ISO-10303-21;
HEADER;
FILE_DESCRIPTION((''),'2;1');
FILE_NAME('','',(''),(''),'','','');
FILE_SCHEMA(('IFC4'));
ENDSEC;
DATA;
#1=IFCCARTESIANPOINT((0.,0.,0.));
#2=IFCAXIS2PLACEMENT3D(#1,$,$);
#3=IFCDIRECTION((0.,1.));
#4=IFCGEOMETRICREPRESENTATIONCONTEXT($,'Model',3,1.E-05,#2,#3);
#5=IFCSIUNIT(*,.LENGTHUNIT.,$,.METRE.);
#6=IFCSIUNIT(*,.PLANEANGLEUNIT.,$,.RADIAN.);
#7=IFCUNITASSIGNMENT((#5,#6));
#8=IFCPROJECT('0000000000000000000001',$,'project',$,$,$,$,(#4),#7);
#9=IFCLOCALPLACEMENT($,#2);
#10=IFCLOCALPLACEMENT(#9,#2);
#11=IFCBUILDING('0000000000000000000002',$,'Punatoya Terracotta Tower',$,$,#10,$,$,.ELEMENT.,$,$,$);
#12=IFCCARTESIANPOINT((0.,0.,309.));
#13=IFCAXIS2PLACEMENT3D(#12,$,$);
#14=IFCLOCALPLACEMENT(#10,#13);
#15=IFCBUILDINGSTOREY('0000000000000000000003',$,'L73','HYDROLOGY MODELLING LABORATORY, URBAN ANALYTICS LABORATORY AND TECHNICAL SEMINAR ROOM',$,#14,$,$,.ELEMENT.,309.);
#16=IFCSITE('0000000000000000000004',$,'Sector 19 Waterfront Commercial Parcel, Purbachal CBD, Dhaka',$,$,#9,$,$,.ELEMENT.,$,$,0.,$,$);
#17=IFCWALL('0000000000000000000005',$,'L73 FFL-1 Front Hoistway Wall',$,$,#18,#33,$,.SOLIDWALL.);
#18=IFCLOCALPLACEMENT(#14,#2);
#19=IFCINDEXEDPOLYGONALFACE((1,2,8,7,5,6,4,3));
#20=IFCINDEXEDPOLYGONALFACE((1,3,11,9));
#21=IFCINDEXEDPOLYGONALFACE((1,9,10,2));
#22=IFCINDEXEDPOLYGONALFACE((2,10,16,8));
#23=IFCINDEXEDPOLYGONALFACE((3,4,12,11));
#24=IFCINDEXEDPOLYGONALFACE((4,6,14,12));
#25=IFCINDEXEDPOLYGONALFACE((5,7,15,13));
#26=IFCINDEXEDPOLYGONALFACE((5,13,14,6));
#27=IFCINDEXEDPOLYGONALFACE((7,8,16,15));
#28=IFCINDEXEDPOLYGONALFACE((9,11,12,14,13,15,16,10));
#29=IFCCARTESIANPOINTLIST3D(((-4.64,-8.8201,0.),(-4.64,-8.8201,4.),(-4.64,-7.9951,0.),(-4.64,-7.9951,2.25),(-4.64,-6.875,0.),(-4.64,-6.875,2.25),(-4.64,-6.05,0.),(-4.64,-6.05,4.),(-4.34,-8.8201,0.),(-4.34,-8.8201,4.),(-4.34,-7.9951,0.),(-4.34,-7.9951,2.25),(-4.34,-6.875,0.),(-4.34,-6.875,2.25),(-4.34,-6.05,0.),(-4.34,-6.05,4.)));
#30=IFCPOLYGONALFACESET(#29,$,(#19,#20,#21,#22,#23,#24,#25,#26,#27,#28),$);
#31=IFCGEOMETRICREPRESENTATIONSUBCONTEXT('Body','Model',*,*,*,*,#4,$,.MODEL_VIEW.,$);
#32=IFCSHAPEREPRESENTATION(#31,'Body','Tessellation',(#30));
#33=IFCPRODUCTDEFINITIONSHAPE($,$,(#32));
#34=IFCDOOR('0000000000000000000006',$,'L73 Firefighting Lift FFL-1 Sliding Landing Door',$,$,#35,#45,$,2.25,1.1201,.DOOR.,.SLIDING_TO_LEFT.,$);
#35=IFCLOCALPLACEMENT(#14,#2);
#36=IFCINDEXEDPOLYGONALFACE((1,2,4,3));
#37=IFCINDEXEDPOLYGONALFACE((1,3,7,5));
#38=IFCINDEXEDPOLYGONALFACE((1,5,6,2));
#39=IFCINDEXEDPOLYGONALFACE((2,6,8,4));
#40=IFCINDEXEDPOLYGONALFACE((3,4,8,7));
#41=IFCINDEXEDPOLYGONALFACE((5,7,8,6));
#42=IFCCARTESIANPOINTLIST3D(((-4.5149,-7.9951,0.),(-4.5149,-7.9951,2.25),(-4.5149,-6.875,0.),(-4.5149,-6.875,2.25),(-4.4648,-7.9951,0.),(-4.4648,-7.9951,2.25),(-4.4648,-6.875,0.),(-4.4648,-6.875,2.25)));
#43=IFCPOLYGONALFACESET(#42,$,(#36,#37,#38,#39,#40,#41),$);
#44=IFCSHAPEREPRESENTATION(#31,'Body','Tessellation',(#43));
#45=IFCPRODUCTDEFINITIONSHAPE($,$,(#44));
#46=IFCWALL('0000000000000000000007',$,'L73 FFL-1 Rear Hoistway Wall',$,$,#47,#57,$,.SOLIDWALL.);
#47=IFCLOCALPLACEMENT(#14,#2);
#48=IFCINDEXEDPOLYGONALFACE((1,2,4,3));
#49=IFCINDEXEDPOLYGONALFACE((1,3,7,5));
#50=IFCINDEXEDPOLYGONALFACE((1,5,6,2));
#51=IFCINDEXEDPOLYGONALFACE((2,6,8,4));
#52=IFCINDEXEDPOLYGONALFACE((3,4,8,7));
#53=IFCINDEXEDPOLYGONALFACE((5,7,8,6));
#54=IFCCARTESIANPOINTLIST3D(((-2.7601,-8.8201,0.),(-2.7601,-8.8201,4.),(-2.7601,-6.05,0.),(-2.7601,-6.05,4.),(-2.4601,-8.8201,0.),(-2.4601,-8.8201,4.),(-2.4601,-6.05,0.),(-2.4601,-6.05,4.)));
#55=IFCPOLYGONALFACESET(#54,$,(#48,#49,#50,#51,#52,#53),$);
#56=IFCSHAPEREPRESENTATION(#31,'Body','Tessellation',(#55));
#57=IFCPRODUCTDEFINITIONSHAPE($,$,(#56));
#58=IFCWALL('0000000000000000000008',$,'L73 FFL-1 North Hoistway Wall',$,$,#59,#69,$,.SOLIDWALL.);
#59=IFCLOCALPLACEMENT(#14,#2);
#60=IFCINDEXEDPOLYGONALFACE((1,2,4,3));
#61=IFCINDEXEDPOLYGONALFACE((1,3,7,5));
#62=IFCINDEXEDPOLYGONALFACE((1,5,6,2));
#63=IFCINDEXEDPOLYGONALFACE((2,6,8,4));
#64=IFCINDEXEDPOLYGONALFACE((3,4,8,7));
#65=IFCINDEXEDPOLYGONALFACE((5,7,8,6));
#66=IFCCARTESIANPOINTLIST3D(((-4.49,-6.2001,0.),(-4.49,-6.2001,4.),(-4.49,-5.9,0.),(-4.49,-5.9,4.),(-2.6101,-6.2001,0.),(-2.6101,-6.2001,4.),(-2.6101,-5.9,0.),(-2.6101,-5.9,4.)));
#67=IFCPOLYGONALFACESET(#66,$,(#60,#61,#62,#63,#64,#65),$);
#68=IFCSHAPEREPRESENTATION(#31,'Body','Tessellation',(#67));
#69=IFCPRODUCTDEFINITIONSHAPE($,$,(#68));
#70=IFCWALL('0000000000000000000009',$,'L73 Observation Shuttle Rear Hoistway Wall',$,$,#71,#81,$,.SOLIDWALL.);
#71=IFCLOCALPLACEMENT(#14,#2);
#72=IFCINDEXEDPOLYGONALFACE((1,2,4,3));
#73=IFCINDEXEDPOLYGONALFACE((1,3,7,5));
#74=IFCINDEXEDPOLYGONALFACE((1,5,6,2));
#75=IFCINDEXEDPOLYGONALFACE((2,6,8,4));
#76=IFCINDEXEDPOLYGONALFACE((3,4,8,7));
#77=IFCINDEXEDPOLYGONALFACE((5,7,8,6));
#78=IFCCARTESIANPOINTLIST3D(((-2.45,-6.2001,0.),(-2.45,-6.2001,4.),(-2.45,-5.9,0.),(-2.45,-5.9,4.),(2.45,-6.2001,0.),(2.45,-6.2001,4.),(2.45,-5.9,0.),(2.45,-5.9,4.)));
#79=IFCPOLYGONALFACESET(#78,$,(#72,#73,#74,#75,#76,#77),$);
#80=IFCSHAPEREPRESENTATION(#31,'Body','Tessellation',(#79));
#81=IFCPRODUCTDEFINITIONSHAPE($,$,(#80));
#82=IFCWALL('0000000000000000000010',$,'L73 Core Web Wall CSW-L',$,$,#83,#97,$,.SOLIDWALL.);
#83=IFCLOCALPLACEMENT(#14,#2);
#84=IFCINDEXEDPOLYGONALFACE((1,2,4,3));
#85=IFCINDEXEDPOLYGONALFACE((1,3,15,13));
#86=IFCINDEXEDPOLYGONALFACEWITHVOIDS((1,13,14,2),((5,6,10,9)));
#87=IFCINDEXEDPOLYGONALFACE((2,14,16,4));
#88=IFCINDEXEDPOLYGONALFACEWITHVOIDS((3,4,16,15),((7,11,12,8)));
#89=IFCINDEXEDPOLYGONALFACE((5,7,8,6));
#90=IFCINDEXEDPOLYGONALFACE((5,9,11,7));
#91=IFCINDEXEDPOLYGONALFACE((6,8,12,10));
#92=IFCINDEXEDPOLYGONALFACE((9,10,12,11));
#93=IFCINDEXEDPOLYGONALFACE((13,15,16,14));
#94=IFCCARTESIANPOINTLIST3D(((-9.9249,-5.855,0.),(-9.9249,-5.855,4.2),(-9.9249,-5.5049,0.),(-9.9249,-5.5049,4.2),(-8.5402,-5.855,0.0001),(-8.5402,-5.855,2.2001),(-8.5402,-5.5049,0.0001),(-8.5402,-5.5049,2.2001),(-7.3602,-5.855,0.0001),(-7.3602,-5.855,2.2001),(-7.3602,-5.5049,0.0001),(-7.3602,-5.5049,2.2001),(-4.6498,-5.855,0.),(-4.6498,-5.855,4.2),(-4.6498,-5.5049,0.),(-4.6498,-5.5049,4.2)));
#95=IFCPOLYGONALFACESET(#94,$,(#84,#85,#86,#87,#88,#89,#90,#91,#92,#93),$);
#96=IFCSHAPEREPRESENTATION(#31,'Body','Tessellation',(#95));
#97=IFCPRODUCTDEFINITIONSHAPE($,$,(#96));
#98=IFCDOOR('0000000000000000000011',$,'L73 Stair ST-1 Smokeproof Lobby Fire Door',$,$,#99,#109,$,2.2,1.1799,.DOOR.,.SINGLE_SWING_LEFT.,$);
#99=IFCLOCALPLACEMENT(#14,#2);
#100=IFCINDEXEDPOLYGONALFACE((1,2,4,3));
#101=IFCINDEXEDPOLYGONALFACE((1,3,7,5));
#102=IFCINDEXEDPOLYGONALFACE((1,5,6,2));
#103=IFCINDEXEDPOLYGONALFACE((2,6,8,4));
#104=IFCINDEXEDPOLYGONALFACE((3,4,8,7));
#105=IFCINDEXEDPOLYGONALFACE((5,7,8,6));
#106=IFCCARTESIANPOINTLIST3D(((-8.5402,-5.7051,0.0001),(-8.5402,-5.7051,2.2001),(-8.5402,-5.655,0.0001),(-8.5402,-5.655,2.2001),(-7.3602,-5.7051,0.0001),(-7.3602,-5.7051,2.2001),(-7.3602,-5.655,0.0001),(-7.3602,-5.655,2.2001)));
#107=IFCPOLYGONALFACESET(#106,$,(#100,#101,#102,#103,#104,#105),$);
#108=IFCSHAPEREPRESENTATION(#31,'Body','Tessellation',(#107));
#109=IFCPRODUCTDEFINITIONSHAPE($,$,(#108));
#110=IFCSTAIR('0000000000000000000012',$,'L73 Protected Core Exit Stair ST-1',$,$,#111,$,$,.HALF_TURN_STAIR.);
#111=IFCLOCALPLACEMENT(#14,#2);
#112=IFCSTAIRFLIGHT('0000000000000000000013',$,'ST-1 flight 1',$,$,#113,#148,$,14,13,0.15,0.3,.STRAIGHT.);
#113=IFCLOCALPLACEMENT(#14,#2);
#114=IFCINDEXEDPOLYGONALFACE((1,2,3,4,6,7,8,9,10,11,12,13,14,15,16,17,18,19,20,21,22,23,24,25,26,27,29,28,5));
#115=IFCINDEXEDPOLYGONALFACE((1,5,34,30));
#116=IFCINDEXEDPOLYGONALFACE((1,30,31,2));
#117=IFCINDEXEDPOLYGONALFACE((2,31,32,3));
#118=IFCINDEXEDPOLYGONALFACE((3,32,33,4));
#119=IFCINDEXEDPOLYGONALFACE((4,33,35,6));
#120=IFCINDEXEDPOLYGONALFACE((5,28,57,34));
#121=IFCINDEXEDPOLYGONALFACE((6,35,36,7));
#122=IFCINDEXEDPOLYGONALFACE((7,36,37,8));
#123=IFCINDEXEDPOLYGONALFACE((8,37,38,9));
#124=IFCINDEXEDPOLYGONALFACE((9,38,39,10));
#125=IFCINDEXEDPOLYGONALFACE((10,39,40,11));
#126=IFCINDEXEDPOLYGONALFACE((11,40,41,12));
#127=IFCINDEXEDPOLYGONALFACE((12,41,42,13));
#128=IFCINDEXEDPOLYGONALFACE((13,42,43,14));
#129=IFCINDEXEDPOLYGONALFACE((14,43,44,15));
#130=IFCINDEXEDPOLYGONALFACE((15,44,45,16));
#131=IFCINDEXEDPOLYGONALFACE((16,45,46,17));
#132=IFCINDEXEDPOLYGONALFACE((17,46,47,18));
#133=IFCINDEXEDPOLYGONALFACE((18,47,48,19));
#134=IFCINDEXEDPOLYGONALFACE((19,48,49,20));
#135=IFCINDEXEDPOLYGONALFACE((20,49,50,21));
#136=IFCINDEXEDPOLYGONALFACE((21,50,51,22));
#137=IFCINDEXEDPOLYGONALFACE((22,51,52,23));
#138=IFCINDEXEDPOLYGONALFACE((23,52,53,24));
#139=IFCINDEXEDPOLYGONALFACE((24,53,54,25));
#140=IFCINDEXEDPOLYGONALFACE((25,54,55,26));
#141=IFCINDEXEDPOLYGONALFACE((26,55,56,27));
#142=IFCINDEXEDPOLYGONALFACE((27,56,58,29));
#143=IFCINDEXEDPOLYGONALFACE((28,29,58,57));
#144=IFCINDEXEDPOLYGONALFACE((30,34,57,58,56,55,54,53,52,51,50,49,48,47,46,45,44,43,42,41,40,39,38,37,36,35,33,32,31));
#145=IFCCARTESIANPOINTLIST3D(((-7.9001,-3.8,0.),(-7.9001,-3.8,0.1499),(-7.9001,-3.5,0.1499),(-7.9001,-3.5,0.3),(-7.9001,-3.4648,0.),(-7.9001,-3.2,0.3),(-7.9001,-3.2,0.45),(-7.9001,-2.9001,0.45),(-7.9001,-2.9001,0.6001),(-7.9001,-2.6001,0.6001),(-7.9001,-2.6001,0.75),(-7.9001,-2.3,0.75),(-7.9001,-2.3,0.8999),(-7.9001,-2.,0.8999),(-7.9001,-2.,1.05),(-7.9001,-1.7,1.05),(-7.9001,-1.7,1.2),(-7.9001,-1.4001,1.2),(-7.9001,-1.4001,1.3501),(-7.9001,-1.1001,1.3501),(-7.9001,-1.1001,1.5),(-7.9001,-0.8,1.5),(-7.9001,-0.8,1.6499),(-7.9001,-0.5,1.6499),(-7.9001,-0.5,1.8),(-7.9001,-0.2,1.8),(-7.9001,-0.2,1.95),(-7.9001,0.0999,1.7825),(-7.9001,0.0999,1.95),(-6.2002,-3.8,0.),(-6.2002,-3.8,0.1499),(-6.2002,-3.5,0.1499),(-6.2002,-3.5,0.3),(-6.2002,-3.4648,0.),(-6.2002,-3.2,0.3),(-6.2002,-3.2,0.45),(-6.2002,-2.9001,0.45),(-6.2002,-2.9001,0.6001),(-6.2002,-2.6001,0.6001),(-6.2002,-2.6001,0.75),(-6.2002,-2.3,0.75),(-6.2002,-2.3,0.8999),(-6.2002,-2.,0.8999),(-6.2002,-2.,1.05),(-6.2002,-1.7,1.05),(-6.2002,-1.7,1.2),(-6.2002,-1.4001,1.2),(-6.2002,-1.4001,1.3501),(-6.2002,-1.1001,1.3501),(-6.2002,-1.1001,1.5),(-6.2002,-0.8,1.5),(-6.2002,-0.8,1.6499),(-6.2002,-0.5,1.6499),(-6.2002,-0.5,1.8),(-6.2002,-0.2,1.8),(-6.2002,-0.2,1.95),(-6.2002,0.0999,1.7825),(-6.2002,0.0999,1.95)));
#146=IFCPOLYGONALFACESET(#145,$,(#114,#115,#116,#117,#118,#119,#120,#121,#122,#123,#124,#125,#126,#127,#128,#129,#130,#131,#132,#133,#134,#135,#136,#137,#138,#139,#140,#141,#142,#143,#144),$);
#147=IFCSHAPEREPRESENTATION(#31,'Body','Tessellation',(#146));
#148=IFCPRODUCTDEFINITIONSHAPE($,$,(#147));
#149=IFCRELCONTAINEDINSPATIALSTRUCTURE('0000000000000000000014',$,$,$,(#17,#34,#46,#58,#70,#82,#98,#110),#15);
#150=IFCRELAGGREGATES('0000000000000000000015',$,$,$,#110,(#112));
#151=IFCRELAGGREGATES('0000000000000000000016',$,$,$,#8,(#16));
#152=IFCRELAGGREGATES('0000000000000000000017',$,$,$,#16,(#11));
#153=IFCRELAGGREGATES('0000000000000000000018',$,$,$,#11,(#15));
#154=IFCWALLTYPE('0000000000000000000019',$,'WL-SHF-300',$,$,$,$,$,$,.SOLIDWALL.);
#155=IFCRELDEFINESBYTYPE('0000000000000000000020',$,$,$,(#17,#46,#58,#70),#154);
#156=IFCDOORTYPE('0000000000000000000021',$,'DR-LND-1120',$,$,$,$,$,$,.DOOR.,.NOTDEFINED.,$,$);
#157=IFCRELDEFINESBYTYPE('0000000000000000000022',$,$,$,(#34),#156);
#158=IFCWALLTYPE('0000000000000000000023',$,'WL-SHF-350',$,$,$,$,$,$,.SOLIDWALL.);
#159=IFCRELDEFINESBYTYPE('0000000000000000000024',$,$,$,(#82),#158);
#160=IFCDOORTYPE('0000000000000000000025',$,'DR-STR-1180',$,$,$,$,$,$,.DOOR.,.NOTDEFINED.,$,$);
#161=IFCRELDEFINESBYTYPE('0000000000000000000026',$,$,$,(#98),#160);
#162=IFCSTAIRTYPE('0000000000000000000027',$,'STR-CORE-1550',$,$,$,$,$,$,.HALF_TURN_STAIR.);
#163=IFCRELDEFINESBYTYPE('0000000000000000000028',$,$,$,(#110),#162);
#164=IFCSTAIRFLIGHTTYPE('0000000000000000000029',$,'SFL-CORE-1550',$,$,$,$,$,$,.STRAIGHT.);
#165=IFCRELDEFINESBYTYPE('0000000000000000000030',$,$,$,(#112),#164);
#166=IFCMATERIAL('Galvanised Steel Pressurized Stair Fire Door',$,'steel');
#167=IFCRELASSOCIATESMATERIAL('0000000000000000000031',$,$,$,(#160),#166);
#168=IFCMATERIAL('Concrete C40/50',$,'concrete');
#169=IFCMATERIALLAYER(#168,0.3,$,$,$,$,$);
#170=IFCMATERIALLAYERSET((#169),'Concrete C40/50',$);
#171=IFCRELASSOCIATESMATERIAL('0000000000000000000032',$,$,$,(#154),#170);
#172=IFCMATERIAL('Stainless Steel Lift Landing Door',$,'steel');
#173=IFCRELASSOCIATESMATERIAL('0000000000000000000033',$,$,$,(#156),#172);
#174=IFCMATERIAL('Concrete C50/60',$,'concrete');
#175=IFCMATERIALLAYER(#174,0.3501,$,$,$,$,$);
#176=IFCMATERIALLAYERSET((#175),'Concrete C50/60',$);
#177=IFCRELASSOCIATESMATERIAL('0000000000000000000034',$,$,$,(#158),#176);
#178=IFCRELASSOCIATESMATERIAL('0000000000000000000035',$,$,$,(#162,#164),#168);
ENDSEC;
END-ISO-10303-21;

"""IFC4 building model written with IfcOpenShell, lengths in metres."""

from ifc_helpers import new_model, si_unit, direction, frame, frame_2d, origin, place, context, subcontext, project, spatial, polyline, rectangle, outline, extrude, material, layer, layer_set, type_object, element, fill, aggregate, save


model = new_model("IFC4")

# Units and contexts
model_context = context("Model", 3, precision=1e-05, world=origin(), true_north=direction((0.0, 1.0)))
body_context = subcontext(model_context, "Body", "Model", "MODEL_VIEW")
ifc_project = project(units=[si_unit("LENGTHUNIT", "METRE"), si_unit("PLANEANGLEUNIT", "RADIAN")], contexts=[model_context])

# Site, building, storey
site_placement = place(None, origin())
site = spatial("IfcSite", under=ifc_project, at=site_placement, Name="Sector 19 Waterfront Commercial Parcel, Purbachal CBD, Dhaka", CompositionType="ELEMENT", RefElevation=0.0)
building_placement = place(site_placement, origin())
building = spatial("IfcBuilding", under=site, at=building_placement, Name="Punatoya Terracotta Tower", CompositionType="ELEMENT")
storey_placement = place(building_placement, frame((0.0, 0.0, 309.0)))
storey = spatial("IfcBuildingStorey", under=building, at=storey_placement, Name="L73", Description="HYDROLOGY MODELLING LABORATORY, URBAN ANALYTICS LABORATORY AND TECHNICAL SEMINAR ROOM", CompositionType="ELEMENT", Elevation=309.0)

# Shared definitions
ifc_material_1 = material(Name="Concrete C50/60", Category="concrete")

# Shared definitions
ifc_material_2 = material(Name="Galvanised Steel Pressurized Stair Fire Door", Category="steel")
door_type_1 = type_object("IfcDoorType", Name="DR-STR-1180", OperationType="NOTDEFINED", PredefinedType="DOOR", material=ifc_material_2)

# Shared definitions
ifc_material_3 = material(Name="Concrete C40/50", Category="concrete")
ifc_layer_1 = layer(ifc_material_3, 0.3)
ifc_layer_set_1 = layer_set([ifc_layer_1], Name="Concrete C40/50")
wall_type_1 = type_object("IfcWallType", Name="WL-SHF-300", PredefinedType="SOLIDWALL", material=ifc_layer_set_1)

# Wall, opening, door
wall_1_placement = place(storey_placement, frame((-4.49, -8.8201, 0.0), z_axis=(0.0, 0.0, 1.0), x_axis=(0.0, 1.0, 0.0)))
wall_1 = element("IfcWall", 1, at=wall_1_placement, inside=storey, type_object=wall_type_1, Name="L73 FFL-1 Front Hoistway Wall", PredefinedType="SOLIDWALL", context=body_context, shape_type="SweptSolid", body=[
    extrude(rectangle(XDim=2.77, YDim=0.3, at=frame_2d((1.385, 0.0))), origin(), (0.0, 0.0, 1.0), 4.0),
])
opening_1_placement = place(wall_1_placement, frame((0.825, 0.0, 0.0)))
opening_1 = element("IfcOpeningElement", 2, at=opening_1_placement, cuts=wall_1, PredefinedType="OPENING", context=body_context, shape_type="SweptSolid", body=[
    extrude(rectangle(XDim=1.1201, YDim=2.25, at=frame_2d((0.5601, 1.125))), frame((0.0, 0.1599, 0.0), z_axis=(0.0, -1.0, 0.0), x_axis=(1.0, 0.0, 0.0)), (0.0, 0.0, 1.0), 0.3201),
])
ifc_material_4 = material(Name="Stainless Steel Lift Landing Door", Category="steel")
door_type_2 = type_object("IfcDoorType", Name="DR-LND-1120", OperationType="NOTDEFINED", PredefinedType="DOOR", material=ifc_material_4)
door_1_placement = place(opening_1_placement, origin())
door_1 = element("IfcDoor", 3, at=door_1_placement, inside=storey, type_object=door_type_2, Name="L73 Firefighting Lift FFL-1 Sliding Landing Door", OperationType="SLIDING_TO_LEFT", OverallHeight=2.25, OverallWidth=1.1201, PredefinedType="DOOR", context=body_context, shape_type="SweptSolid", body=[
    extrude(rectangle(XDim=1.1201, YDim=2.25, at=frame_2d((0.5601, 1.125))), frame((0.0, 0.0249, 0.0), z_axis=(0.0, -1.0, 0.0), x_axis=(1.0, 0.0, 0.0)), (0.0, 0.0, 1.0), 0.05),
])
fill(opening_1, door_1)

# Walls
wall_2_placement = place(storey_placement, frame((-2.6101, -8.8201, 0.0), z_axis=(0.0, 0.0, 1.0), x_axis=(0.0, 1.0, 0.0)))
element("IfcWall", 4, at=wall_2_placement, inside=storey, type_object=wall_type_1, Name="L73 FFL-1 Rear Hoistway Wall", PredefinedType="SOLIDWALL", context=body_context, shape_type="SweptSolid", body=[
    extrude(rectangle(XDim=2.77, YDim=0.3, at=frame_2d((1.385, 0.0))), origin(), (0.0, 0.0, 1.0), 4.0),
])
wall_3_placement = place(storey_placement, frame((-4.49, -6.05, 0.0), z_axis=(0.0, 0.0, 1.0), x_axis=(1.0, 0.0, 0.0)))
element("IfcWall", 5, at=wall_3_placement, inside=storey, type_object=wall_type_1, Name="L73 FFL-1 North Hoistway Wall", PredefinedType="SOLIDWALL", context=body_context, shape_type="SweptSolid", body=[
    extrude(rectangle(XDim=1.8799, YDim=0.3, at=frame_2d((0.9399, 0.0))), origin(), (0.0, 0.0, 1.0), 4.0),
])
wall_4_placement = place(storey_placement, frame((-2.45, -6.05, 0.0), z_axis=(0.0, 0.0, 1.0), x_axis=(1.0, 0.0, 0.0)))
element("IfcWall", 6, at=wall_4_placement, inside=storey, type_object=wall_type_1, Name="L73 Observation Shuttle Rear Hoistway Wall", PredefinedType="SOLIDWALL", context=body_context, shape_type="SweptSolid", body=[
    extrude(rectangle(XDim=4.8999, YDim=0.3, at=frame_2d((2.45, 0.0))), origin(), (0.0, 0.0, 1.0), 4.0),
])

# Wall, opening, door
ifc_layer_2 = layer(ifc_material_1, 0.3501)
ifc_layer_set_2 = layer_set([ifc_layer_2], Name="Concrete C50/60")
wall_type_2 = type_object("IfcWallType", Name="WL-SHF-350", PredefinedType="SOLIDWALL", material=ifc_layer_set_2)
wall_5_placement = place(storey_placement, frame((-9.925, -5.6799, 0.0), z_axis=(0.0, 0.0, 1.0), x_axis=(1.0, 0.0, 0.0)))
wall_5 = element("IfcWall", 7, at=wall_5_placement, inside=storey, type_object=wall_type_2, Name="L73 Core Web Wall CSW-L", PredefinedType="SOLIDWALL", context=body_context, shape_type="SweptSolid", body=[
    extrude(rectangle(XDim=5.2751, YDim=0.3501, at=frame_2d((2.6377, 0.0))), origin(), (0.0, 0.0, 1.0), 4.2),
])
opening_2_placement = place(wall_5_placement, frame((1.385, 0.0, 0.0)))
opening_2 = element("IfcOpeningElement", 8, at=opening_2_placement, cuts=wall_5, PredefinedType="OPENING", context=body_context, shape_type="SweptSolid", body=[
    extrude(rectangle(XDim=1.1799, YDim=2.2, at=frame_2d((0.5898, 1.1001))), frame((0.0, 0.1851, 0.0), z_axis=(0.0, -1.0, 0.0), x_axis=(1.0, 0.0, 0.0)), (0.0, 0.0, 1.0), 0.3701),
])
door_2_placement = place(opening_2_placement, origin())
door_2 = element("IfcDoor", 9, at=door_2_placement, inside=storey, type_object=door_type_1, Name="L73 Stair ST-1 Smokeproof Lobby Fire Door", OperationType="SINGLE_SWING_LEFT", OverallHeight=2.2, OverallWidth=1.1799, PredefinedType="DOOR", context=body_context, shape_type="SweptSolid", body=[
    extrude(rectangle(XDim=1.1799, YDim=2.2, at=frame_2d((0.5898, 1.1001))), frame((0.0, 0.0249, 0.0), z_axis=(0.0, -1.0, 0.0), x_axis=(1.0, 0.0, 0.0)), (0.0, 0.0, 1.0), 0.05),
])
fill(opening_2, door_2)

# Stair, stair flight
stair_type = type_object("IfcStairType", Name="STR-CORE-1550", PredefinedType="HALF_TURN_STAIR", material=ifc_material_3)
stair_placement = place(storey_placement, origin())
stair = element("IfcStair", 10, at=stair_placement, inside=storey, type_object=stair_type, Name="L73 Protected Core Exit Stair ST-1", PredefinedType="HALF_TURN_STAIR")
stair_flight_type = type_object("IfcStairFlightType", Name="SFL-CORE-1550", PredefinedType="STRAIGHT", material=ifc_material_3)
stair_flight_1_placement = place(storey_placement, frame((-7.05, -3.8, 0.0), z_axis=(0.0, 0.0, 1.0), x_axis=(0.0, 1.0, 0.0)))
stair_flight_1 = element("IfcStairFlight", 11, at=stair_flight_1_placement, type_object=stair_flight_type, Name="ST-1 flight 1", NumberOfRisers=14, NumberOfTreads=13, PredefinedType="STRAIGHT", RiserHeight=0.15, TreadLength=0.3, context=body_context, shape_type="SweptSolid", body=[
    extrude(outline(polyline([(0.0, 0.0), (0.0, 0.1499), (0.3, 0.1499), (0.3, 0.3), (0.6001, 0.3), (0.6001, 0.45), (0.8999, 0.45), (0.8999, 0.6001), (1.2, 0.6001), (1.2, 0.75), (1.5, 0.75), (1.5, 0.8999), (1.8, 0.8999), (1.8, 1.05), (2.1001, 1.05), (2.1001, 1.2), (2.3999, 1.2), (2.3999, 1.3501), (2.7, 1.3501), (2.7, 1.5), (3.0, 1.5), (3.0, 1.6499), (3.3, 1.6499), (3.3, 1.8), (3.6001, 1.8), (3.6001, 1.95), (3.8999, 1.95), (3.8999, 2.1001), (3.8999, 1.7825), (0.3352, 0.0), (0.0, 0.0)])), frame((0.0, 0.8501, 0.0), z_axis=(0.0, -1.0, 0.0), x_axis=(1.0, 0.0, 0.0)), (0.0, 0.0, 1.0), 1.7),
])
aggregate(stair, [stair_flight_1])

save(model, "model.ifc")
